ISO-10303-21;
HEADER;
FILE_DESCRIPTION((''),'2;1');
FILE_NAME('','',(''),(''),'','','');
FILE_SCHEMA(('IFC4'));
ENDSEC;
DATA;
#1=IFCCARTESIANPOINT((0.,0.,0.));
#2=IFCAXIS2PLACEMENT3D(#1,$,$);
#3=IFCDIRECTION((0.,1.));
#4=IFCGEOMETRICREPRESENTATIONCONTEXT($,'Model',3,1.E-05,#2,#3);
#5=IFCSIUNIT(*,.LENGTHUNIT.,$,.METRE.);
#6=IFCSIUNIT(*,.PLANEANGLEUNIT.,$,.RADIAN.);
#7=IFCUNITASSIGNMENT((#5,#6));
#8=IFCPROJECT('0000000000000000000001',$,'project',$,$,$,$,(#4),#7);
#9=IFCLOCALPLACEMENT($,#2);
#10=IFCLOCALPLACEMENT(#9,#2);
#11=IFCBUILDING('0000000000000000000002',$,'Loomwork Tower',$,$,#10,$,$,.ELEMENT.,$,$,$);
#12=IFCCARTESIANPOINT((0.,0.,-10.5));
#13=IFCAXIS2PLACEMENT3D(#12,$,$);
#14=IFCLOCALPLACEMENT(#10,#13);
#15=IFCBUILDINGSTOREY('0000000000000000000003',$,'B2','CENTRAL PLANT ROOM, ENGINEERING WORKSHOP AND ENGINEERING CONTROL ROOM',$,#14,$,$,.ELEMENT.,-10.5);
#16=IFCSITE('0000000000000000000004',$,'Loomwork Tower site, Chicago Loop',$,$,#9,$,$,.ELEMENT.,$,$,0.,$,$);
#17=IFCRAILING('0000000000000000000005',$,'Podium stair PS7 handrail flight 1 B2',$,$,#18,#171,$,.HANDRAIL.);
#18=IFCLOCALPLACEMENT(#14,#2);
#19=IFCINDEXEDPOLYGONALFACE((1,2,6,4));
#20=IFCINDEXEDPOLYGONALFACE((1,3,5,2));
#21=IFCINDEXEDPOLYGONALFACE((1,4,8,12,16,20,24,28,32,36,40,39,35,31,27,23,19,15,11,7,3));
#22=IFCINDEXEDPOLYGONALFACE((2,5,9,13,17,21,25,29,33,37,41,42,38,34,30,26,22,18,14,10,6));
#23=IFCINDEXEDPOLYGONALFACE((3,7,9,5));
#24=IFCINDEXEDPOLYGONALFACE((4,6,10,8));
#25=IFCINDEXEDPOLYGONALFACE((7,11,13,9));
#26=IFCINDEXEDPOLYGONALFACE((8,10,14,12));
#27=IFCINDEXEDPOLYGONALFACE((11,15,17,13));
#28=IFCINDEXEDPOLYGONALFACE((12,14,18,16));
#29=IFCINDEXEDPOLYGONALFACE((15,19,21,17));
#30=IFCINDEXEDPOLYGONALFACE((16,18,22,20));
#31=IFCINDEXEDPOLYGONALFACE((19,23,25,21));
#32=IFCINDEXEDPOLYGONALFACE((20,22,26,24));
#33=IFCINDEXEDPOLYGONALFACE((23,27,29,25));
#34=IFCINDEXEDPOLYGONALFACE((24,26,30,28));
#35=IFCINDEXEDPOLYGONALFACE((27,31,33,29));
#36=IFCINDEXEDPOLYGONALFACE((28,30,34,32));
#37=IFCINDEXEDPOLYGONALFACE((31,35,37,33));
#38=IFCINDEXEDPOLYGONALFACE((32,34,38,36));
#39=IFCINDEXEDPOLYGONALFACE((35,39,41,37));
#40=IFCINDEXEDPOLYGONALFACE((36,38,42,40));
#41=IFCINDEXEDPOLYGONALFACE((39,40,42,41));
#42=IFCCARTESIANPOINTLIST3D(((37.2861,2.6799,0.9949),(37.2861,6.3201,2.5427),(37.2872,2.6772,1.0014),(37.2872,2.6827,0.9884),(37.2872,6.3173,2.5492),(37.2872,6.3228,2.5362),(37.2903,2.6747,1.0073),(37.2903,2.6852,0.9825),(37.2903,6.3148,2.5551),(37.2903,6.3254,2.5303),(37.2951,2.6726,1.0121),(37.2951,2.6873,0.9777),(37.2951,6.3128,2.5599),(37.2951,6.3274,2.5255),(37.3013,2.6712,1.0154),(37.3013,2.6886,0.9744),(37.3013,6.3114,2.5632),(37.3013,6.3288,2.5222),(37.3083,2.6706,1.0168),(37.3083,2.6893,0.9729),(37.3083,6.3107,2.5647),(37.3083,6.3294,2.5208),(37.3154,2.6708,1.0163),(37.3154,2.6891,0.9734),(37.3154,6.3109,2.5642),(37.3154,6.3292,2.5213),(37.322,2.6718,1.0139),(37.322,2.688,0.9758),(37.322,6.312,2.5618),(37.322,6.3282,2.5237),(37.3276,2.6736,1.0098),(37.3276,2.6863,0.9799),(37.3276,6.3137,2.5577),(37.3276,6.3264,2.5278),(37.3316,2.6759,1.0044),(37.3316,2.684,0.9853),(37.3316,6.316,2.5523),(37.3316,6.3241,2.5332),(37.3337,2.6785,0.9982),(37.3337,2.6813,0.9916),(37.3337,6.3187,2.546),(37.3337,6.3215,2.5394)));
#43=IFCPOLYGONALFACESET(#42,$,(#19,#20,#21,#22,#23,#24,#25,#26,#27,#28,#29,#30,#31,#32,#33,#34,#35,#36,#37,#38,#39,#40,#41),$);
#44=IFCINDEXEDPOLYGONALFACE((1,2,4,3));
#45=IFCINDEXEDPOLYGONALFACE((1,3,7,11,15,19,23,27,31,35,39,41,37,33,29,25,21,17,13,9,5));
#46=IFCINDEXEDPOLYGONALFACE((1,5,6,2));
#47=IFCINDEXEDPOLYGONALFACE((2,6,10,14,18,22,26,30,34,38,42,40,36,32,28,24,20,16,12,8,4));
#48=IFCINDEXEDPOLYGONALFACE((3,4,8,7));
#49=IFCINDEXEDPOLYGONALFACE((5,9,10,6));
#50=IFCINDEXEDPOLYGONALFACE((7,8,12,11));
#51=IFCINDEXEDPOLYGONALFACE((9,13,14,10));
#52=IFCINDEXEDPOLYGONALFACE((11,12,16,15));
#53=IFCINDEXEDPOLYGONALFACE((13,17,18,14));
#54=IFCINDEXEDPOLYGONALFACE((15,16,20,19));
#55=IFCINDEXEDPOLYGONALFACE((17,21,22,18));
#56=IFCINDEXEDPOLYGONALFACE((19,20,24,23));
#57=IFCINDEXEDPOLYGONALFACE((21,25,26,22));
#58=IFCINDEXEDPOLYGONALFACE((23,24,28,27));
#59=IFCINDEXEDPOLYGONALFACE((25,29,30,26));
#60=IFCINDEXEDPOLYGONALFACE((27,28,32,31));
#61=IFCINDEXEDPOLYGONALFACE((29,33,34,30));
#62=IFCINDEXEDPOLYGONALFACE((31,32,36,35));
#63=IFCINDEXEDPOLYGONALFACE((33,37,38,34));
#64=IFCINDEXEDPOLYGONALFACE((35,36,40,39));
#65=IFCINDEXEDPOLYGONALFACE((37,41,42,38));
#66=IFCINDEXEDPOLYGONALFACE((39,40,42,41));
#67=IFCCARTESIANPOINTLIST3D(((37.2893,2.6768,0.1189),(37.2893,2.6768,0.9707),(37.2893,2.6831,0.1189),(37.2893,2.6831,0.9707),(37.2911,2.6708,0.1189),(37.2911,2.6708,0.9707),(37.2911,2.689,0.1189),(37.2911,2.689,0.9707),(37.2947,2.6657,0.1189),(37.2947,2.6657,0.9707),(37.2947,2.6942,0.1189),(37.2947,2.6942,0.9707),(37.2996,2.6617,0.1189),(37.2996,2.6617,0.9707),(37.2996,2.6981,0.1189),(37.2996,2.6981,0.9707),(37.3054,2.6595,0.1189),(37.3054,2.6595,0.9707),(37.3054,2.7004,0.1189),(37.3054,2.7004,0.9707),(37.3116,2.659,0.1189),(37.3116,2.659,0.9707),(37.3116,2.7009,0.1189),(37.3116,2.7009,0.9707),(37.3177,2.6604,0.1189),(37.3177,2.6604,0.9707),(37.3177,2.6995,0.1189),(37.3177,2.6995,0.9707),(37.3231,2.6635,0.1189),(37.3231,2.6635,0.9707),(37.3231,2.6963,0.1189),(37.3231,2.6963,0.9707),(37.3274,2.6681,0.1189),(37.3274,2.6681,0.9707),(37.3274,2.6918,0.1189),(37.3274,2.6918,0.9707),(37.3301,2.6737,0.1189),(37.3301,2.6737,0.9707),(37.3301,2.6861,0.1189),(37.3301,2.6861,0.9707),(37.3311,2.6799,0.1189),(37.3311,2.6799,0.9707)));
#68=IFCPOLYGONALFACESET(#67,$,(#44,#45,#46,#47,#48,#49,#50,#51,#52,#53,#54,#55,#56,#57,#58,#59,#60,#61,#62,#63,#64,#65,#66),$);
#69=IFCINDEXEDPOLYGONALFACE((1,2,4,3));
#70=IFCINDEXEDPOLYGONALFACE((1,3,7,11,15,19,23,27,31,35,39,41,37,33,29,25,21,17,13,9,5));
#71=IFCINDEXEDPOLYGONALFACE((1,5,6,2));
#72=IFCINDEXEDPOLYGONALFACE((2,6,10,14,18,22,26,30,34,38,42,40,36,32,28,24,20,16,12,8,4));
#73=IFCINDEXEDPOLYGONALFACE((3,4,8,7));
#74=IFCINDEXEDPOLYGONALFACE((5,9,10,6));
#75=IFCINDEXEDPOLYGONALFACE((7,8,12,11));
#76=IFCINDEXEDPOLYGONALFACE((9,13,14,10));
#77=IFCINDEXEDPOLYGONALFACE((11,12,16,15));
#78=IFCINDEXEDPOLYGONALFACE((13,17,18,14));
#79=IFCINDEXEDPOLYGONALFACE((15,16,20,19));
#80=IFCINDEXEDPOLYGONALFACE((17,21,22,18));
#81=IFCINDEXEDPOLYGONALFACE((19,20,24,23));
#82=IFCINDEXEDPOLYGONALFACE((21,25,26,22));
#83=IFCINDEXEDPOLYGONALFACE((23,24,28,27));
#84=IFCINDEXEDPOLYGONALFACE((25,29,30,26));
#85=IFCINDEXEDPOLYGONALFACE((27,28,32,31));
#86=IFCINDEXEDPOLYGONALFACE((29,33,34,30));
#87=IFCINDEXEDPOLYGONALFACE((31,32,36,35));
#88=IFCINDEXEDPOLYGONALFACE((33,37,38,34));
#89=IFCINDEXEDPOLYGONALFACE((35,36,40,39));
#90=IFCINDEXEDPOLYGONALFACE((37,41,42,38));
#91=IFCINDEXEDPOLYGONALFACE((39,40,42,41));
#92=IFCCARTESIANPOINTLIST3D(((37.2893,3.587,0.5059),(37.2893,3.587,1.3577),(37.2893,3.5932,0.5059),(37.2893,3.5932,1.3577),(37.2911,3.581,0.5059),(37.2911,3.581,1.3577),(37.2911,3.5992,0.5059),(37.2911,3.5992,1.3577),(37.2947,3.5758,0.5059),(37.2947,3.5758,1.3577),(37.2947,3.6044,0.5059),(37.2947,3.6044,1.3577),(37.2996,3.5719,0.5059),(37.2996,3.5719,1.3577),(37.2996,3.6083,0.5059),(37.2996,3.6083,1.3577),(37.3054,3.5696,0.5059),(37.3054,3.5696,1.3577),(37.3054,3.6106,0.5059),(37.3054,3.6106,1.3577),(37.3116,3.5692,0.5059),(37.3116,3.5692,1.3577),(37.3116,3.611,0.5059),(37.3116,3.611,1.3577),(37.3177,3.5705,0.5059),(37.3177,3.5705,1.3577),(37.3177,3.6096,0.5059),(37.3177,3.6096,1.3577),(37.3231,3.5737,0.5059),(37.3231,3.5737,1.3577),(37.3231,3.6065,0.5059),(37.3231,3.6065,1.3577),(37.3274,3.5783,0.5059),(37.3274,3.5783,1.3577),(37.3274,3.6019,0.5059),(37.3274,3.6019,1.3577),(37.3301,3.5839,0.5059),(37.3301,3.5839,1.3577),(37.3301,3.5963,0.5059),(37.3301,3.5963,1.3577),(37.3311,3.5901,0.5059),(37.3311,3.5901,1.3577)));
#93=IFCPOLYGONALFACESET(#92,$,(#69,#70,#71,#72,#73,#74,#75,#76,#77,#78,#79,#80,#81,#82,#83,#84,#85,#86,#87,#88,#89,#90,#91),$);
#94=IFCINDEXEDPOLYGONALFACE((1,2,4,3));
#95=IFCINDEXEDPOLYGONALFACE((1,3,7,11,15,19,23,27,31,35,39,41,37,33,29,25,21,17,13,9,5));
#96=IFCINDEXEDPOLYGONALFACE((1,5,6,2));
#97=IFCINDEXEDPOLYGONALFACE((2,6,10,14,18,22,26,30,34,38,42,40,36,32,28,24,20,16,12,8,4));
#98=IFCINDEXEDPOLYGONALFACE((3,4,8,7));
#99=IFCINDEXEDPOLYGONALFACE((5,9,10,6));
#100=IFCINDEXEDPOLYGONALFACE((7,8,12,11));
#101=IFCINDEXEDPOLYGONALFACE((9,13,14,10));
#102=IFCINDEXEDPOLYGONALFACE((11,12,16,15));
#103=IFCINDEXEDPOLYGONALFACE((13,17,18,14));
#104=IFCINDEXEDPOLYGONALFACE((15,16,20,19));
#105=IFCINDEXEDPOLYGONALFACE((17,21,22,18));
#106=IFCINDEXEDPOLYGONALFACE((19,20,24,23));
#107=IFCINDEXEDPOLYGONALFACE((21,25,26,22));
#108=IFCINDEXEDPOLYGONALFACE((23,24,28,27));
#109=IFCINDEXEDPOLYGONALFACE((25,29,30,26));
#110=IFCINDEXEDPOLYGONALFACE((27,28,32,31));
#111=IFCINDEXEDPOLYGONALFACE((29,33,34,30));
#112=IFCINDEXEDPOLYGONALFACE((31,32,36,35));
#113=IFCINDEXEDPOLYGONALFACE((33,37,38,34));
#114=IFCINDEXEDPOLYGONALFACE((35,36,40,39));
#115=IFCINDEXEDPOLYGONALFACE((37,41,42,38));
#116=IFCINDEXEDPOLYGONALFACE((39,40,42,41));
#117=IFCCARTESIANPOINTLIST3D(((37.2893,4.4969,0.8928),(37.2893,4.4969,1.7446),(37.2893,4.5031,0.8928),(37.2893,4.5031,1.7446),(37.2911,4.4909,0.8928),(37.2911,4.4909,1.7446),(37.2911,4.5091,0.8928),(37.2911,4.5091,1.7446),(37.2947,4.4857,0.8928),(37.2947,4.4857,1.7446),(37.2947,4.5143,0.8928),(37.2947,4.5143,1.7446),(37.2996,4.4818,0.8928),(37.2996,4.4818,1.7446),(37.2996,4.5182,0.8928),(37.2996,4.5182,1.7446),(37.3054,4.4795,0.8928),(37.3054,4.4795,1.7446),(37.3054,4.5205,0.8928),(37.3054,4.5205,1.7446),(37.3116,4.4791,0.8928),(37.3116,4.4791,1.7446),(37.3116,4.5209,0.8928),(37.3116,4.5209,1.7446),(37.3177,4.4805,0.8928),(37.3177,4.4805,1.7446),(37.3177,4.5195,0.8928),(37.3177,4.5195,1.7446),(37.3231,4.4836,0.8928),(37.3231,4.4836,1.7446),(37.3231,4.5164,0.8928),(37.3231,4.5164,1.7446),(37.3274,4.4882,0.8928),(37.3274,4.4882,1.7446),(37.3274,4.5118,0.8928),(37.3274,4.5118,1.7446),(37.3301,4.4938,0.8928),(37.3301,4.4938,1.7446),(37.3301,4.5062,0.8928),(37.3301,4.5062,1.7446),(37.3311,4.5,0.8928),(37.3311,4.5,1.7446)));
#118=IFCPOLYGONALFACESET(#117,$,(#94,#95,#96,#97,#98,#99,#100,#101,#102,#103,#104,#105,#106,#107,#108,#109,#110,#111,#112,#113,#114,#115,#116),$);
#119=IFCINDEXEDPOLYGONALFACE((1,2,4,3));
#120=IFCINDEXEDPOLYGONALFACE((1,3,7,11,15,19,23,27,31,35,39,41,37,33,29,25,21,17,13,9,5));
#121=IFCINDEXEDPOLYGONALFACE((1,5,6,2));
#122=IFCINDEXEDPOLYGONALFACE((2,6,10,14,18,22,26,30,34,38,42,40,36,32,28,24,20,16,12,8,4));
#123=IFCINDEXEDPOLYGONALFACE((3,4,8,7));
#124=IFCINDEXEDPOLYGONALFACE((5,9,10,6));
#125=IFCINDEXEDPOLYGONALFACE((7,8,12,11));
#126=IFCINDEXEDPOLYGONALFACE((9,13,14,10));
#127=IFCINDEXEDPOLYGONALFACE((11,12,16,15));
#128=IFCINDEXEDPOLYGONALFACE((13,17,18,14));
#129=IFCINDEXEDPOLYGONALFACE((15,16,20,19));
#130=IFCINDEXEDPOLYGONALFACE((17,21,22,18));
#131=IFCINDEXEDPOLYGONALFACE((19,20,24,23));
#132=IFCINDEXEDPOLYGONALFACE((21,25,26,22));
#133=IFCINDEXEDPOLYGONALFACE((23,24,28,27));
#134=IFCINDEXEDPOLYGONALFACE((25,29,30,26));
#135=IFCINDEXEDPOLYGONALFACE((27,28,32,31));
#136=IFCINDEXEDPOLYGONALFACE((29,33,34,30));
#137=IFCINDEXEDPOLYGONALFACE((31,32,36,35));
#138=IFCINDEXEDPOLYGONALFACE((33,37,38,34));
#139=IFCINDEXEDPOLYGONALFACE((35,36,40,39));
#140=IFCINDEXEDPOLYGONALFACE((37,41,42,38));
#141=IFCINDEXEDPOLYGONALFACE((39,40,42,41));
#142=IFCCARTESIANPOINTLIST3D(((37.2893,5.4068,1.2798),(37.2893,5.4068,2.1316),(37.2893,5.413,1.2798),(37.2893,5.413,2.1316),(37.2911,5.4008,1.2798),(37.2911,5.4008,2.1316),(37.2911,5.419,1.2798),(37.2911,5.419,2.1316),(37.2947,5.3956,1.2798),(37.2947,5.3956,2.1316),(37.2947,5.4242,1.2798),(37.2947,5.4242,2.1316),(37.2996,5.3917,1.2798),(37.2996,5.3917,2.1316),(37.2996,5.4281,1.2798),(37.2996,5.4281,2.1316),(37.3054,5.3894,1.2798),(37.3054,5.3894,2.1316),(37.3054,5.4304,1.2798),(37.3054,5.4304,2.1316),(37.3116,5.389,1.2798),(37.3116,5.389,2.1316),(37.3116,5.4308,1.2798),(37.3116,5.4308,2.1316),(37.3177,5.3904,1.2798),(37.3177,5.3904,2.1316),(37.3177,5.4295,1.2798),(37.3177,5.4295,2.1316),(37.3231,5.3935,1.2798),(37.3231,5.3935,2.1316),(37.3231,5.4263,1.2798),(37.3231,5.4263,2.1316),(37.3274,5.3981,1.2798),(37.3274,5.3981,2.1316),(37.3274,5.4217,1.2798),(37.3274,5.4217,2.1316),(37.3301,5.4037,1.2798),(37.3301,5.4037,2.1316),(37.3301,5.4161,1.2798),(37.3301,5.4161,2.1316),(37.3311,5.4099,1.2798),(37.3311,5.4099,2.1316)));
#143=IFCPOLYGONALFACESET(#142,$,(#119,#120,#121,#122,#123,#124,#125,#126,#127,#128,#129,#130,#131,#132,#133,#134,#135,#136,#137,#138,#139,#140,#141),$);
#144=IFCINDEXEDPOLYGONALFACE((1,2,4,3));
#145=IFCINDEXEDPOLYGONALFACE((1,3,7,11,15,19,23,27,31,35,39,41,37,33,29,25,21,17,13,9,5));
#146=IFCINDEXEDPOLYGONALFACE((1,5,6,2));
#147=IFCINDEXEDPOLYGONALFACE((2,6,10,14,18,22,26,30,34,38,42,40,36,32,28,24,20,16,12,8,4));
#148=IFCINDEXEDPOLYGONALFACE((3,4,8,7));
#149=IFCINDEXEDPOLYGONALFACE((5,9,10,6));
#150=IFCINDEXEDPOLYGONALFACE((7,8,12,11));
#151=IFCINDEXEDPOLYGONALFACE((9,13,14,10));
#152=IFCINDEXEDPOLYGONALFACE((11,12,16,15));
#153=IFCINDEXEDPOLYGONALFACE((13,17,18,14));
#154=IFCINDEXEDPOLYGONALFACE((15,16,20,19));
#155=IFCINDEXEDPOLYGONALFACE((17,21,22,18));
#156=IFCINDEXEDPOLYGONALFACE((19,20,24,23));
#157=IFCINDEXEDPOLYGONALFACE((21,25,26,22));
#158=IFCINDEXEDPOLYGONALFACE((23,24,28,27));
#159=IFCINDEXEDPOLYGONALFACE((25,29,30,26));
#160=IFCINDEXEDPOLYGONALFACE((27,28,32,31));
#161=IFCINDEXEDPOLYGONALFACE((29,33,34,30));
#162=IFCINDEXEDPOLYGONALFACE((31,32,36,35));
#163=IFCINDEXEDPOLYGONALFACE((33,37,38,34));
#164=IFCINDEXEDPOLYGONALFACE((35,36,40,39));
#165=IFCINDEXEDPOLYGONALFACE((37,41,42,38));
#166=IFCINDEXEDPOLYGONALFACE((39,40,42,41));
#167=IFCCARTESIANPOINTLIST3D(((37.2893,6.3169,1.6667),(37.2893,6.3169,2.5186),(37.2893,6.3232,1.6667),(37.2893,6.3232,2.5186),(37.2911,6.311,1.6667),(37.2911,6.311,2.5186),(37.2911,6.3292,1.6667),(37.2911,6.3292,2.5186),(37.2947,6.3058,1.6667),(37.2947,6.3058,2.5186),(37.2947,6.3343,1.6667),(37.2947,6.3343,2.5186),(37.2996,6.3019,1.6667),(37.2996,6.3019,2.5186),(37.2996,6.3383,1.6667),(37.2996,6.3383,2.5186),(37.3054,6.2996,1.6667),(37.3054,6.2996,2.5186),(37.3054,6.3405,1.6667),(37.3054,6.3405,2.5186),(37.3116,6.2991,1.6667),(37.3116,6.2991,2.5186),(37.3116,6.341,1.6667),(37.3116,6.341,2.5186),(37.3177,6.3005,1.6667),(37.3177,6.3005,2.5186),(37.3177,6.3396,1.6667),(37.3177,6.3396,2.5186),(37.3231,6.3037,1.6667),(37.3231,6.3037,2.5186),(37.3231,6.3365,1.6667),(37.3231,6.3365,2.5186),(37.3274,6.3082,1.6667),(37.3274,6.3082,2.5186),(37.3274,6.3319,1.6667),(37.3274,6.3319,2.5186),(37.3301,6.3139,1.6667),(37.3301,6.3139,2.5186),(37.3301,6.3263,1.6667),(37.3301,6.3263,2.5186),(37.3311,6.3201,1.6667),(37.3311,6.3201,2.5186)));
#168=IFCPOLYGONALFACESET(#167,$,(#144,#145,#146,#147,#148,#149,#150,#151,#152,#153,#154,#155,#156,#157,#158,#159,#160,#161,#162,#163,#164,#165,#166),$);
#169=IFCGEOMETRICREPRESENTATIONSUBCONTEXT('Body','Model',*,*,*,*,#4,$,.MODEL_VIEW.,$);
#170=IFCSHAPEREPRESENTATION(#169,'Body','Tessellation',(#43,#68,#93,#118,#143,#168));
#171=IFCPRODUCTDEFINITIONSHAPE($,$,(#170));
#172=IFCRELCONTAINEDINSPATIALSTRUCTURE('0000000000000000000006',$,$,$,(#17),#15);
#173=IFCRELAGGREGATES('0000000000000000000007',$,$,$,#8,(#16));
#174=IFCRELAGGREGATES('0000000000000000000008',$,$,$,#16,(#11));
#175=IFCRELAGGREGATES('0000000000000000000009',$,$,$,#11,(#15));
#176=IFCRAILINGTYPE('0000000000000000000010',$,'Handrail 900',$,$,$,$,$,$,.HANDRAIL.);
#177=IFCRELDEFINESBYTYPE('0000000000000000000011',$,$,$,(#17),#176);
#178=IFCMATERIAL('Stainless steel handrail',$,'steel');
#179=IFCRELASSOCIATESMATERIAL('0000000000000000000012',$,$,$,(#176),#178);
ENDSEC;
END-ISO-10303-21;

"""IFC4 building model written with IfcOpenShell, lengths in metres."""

from ifc_helpers import new_model, si_unit, direction, frame, origin, origin_2d, place, context, subcontext, project, spatial, circle, extrude, material, type_object, element, save


model = new_model("IFC4")

# Units and contexts
model_context = context("Model", 3, precision=1e-05, world=origin(), true_north=direction((0.0, 1.0)))
body_context = subcontext(model_context, "Body", "Model", "MODEL_VIEW")
ifc_project = project(units=[si_unit("LENGTHUNIT", "METRE"), si_unit("PLANEANGLEUNIT", "RADIAN")], contexts=[model_context])

# Site, building, storey
site_placement = place(None, origin())
site = spatial("IfcSite", under=ifc_project, at=site_placement, Name="Loomwork Tower site, Chicago Loop", CompositionType="ELEMENT", RefElevation=0.0)
building_placement = place(site_placement, origin())
building = spatial("IfcBuilding", under=site, at=building_placement, Name="Loomwork Tower", CompositionType="ELEMENT")
storey_placement = place(building_placement, frame((0.0, 0.0, -10.5)))
storey = spatial("IfcBuildingStorey", under=building, at=storey_placement, Name="B2", Description="CENTRAL PLANT ROOM, ENGINEERING WORKSHOP AND ENGINEERING CONTROL ROOM", CompositionType="ELEMENT", Elevation=-10.5)

# Railing
ifc_material_1 = material(Name="Stainless steel handrail", Category="steel")
railing_type = type_object("IfcRailingType", Name="Handrail 900", PredefinedType="HANDRAIL", material=ifc_material_1)
railing_1_placement = place(storey_placement, frame((37.3101, 2.6799, 0.1189)))
element("IfcRailing", 1, at=railing_1_placement, inside=storey, type_object=railing_type, Name="Podium stair PS7 handrail flight 1 B2", PredefinedType="HANDRAIL", context=body_context, shape_type="SweptSolid", body=[
    extrude(circle(Radius=0.0239, at=origin_2d()), frame((0.0, 0.0, 0.876), z_axis=(0.0, 0.920259, 0.391311), x_axis=(-1.0, 0.0, 0.0)), (0.0, 0.0, 1.0), 3.9556),
    extrude(circle(Radius=0.021, at=origin_2d()), origin(), (0.0, 0.0, 1.0), 0.8518),
    extrude(circle(Radius=0.021, at=origin_2d()), frame((0.0, 0.9102, 0.387)), (0.0, 0.0, 1.0), 0.8518),
    extrude(circle(Radius=0.021, at=origin_2d()), frame((0.0, 1.8201, 0.7739)), (0.0, 0.0, 1.0), 0.8518),
    extrude(circle(Radius=0.021, at=origin_2d()), frame((0.0, 2.73, 1.1609)), (0.0, 0.0, 1.0), 0.8518),
    extrude(circle(Radius=0.021, at=origin_2d()), frame((0.0, 3.6401, 1.5479)), (0.0, 0.0, 1.0), 0.8518),
])

save(model, "model.ifc")
